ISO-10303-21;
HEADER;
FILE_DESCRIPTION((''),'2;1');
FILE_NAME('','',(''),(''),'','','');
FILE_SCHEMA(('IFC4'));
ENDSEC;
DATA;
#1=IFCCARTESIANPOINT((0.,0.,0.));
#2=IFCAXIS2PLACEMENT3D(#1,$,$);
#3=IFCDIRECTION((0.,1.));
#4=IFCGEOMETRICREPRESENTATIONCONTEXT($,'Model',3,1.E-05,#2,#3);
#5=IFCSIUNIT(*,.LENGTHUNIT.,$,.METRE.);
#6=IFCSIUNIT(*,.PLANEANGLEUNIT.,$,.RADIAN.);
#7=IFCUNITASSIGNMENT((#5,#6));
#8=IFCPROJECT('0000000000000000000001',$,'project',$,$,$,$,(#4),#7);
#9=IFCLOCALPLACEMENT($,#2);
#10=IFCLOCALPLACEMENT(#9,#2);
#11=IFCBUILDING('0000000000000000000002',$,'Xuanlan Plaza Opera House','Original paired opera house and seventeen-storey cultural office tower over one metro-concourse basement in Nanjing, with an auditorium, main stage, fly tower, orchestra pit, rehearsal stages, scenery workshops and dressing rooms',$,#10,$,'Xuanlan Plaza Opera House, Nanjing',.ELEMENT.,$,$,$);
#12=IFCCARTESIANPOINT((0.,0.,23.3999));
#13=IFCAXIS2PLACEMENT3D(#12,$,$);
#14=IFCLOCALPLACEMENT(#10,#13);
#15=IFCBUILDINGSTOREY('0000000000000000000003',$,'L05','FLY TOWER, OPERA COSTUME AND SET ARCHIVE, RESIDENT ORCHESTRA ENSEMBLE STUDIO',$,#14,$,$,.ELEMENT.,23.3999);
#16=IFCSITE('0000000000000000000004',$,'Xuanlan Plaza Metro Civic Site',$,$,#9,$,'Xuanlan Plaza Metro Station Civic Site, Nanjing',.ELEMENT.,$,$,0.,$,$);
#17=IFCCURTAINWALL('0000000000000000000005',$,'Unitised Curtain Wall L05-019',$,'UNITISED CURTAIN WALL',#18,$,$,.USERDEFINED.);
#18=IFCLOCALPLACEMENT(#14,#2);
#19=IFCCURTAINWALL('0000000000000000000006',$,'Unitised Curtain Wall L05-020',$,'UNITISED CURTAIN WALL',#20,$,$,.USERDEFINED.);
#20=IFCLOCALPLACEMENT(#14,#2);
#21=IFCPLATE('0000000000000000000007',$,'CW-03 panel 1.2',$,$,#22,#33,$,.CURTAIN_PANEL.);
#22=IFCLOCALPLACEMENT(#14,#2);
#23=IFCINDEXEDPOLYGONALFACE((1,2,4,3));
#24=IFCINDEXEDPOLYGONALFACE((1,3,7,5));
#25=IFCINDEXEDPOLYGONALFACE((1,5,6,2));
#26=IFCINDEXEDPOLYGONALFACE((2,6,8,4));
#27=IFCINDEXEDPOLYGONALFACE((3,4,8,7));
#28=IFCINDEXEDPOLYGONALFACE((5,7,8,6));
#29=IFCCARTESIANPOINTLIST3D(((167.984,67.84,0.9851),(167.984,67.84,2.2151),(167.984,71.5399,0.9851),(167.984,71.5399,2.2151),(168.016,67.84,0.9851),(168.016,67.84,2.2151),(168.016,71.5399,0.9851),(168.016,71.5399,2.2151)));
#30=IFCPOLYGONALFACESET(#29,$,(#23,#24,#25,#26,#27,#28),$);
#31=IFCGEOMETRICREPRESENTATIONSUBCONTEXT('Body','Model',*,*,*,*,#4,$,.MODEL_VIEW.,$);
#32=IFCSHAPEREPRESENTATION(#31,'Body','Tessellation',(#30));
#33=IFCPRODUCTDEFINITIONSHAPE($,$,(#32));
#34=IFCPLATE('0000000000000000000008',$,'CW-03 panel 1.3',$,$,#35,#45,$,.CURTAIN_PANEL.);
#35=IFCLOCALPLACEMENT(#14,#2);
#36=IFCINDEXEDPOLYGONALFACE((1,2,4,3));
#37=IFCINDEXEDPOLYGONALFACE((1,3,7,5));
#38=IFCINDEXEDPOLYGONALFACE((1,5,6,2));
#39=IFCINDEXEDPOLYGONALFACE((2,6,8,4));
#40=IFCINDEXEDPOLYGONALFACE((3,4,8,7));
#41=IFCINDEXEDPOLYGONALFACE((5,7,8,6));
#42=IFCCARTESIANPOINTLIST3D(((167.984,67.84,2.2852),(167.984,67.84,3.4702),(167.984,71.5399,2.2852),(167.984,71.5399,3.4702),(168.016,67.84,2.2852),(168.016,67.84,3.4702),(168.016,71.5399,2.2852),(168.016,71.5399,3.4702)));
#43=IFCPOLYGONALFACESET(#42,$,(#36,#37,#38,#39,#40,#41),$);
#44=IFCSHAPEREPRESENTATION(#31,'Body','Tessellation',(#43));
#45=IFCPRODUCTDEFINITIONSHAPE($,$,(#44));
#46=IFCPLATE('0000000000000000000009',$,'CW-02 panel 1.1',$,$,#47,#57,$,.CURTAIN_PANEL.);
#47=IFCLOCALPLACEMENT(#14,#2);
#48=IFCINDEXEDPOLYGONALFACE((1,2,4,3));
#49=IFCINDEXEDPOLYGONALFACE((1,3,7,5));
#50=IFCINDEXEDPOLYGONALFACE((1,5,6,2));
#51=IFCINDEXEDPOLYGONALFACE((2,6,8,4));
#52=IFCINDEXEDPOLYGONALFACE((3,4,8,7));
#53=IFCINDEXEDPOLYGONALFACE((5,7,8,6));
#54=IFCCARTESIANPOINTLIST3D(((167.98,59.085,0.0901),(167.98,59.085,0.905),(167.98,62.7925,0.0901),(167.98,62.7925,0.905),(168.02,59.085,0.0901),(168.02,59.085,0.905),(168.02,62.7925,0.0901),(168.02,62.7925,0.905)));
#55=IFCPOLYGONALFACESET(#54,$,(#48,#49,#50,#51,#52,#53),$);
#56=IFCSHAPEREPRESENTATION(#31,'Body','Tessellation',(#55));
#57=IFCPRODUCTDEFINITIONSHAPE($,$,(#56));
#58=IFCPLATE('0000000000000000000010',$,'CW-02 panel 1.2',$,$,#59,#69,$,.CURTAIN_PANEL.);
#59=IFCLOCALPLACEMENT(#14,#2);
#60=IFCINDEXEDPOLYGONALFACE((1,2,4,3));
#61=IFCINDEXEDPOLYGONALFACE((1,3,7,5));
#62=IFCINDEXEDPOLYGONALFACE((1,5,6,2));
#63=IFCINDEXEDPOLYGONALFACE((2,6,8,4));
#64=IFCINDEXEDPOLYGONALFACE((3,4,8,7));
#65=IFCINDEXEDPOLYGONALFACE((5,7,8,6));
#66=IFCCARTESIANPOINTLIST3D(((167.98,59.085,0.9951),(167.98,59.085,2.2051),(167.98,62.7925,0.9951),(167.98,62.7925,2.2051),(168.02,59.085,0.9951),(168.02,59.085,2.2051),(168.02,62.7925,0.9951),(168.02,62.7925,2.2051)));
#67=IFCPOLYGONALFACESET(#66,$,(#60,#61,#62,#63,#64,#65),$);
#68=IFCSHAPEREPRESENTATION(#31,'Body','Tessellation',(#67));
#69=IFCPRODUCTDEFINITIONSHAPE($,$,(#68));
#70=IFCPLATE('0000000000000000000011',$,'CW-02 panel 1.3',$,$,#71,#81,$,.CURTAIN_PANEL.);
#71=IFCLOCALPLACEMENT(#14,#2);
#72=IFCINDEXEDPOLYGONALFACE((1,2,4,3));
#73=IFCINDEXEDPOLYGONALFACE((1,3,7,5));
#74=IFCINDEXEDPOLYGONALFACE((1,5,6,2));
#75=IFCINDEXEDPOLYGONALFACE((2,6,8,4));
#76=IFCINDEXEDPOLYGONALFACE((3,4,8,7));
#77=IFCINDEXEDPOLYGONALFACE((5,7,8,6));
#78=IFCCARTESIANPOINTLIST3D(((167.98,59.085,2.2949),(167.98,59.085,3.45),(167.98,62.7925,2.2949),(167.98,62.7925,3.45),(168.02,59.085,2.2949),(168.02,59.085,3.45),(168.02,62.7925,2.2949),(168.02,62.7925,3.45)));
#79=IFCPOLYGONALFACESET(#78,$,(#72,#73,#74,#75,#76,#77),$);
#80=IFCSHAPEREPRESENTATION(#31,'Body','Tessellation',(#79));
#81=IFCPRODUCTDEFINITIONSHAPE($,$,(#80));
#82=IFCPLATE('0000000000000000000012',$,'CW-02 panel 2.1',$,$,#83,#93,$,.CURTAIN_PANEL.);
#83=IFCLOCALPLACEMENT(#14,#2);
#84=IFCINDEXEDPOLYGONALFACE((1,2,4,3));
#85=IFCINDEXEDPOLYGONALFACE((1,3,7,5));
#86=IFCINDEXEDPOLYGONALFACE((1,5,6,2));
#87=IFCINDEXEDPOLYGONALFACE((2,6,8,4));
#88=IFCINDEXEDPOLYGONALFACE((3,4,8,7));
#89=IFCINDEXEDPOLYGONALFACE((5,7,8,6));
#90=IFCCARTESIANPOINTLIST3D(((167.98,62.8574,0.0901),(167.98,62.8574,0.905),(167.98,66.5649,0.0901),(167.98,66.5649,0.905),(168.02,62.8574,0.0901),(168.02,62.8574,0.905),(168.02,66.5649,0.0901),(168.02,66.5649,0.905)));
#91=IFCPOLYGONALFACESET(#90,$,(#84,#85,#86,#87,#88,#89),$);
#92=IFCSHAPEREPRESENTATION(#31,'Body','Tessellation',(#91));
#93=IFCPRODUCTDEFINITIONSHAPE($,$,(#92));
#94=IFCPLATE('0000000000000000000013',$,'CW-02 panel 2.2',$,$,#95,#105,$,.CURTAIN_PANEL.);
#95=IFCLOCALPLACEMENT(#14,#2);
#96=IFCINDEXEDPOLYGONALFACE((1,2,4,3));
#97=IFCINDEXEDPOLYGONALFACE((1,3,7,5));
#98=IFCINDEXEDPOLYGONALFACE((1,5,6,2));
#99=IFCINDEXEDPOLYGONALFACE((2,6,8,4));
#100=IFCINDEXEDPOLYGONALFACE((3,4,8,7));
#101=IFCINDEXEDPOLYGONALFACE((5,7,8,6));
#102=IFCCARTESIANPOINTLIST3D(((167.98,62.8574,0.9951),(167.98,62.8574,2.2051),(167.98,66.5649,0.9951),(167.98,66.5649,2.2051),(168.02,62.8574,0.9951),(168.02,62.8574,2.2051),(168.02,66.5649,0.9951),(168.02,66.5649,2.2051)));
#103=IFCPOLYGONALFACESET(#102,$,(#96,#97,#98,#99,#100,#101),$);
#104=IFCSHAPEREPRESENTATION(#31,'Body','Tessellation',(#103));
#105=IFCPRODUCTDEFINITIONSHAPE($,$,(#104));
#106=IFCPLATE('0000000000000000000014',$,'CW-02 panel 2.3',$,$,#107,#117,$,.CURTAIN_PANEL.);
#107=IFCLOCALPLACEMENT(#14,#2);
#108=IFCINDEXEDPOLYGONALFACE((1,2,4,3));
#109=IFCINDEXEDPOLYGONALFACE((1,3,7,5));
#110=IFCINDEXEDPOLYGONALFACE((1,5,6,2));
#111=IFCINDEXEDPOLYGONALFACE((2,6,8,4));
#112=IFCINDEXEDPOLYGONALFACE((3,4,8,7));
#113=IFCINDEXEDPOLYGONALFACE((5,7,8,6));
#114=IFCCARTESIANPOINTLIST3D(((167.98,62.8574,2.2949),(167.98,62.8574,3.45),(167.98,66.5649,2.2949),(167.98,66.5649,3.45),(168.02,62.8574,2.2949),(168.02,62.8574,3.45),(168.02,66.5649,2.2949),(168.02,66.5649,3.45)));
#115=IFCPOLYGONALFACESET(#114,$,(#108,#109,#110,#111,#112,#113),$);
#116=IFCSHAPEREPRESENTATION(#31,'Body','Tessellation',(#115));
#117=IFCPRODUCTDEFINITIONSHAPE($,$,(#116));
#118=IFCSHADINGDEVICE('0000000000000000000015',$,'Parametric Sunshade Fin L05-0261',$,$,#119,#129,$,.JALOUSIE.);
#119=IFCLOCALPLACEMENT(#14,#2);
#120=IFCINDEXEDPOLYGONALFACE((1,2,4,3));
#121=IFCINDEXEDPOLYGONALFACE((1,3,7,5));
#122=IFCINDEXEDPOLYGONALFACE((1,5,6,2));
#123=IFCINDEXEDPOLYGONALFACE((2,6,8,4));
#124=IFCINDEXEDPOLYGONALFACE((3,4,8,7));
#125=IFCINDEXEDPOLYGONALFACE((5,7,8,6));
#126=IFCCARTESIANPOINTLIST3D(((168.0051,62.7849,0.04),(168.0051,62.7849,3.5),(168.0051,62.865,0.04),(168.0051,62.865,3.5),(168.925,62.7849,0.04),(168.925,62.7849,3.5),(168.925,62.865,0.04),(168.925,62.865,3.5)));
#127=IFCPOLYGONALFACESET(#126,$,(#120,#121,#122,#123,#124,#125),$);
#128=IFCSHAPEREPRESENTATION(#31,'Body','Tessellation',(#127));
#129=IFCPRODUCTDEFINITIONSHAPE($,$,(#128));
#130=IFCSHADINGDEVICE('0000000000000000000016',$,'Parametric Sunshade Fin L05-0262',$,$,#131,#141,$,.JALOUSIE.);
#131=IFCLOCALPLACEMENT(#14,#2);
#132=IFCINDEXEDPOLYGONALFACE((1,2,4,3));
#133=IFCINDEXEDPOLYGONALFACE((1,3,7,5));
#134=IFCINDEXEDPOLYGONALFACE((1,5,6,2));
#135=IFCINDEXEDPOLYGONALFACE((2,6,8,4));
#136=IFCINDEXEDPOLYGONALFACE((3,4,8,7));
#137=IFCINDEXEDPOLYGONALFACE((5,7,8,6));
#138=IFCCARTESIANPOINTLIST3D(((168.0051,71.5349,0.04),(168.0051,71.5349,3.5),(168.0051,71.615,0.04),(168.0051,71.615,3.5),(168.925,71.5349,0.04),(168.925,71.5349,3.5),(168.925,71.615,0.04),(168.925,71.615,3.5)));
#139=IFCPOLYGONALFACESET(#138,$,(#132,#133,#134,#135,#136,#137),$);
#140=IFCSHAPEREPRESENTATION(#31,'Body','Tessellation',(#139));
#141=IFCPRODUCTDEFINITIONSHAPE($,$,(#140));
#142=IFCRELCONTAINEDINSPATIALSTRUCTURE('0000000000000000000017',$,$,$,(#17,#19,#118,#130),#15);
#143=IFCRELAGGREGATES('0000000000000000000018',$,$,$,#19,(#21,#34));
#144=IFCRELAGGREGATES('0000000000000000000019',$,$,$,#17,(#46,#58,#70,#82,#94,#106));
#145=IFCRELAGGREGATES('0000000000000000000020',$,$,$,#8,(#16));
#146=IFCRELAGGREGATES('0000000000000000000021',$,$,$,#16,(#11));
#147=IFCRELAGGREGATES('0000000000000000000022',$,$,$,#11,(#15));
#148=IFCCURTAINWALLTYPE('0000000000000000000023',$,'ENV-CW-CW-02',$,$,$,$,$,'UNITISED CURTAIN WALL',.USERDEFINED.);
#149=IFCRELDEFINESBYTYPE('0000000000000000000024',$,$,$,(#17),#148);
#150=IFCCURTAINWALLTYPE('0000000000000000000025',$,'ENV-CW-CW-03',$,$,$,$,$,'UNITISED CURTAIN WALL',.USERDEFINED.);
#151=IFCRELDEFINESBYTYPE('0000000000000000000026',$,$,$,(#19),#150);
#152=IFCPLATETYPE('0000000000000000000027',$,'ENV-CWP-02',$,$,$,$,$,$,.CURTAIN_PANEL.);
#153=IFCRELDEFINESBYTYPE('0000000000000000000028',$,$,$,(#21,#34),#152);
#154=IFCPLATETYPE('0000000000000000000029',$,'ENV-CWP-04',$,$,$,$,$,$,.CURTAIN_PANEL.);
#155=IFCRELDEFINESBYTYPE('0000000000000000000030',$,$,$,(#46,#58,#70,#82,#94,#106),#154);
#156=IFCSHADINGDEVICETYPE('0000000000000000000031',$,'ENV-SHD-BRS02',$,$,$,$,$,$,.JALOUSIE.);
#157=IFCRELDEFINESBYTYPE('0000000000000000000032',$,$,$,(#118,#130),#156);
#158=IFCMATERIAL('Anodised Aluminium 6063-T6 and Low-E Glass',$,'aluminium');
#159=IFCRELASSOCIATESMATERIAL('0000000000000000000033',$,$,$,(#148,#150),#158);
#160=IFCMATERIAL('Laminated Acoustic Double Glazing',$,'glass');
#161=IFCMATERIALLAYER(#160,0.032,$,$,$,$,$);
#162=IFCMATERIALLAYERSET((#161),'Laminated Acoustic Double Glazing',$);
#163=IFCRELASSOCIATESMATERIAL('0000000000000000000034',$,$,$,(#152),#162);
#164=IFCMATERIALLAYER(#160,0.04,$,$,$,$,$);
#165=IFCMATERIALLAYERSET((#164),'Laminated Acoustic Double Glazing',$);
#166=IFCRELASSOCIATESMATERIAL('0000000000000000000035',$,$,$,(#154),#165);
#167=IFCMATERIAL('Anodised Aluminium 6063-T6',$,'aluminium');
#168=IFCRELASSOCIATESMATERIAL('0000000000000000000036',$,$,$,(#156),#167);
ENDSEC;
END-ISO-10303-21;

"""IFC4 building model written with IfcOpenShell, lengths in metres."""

from ifc_helpers import new_model, si_unit, direction, frame, origin, origin_2d, place, context, subcontext, project, spatial, rectangle, extrude, material, layer, layer_set, type_object, element, aggregate, save


model = new_model("IFC4")

# Units and contexts
model_context = context("Model", 3, precision=1e-05, world=origin(), true_north=direction((0.0, 1.0)))
body_context = subcontext(model_context, "Body", "Model", "MODEL_VIEW")
ifc_project = project(units=[si_unit("LENGTHUNIT", "METRE"), si_unit("PLANEANGLEUNIT", "RADIAN")], contexts=[model_context])

# Site, building, storey
site_placement = place(None, origin())
site = spatial("IfcSite", under=ifc_project, at=site_placement, Name="Xuanlan Plaza Metro Civic Site", LongName="Xuanlan Plaza Metro Station Civic Site, Nanjing", CompositionType="ELEMENT", RefElevation=0.0)
building_placement = place(site_placement, origin())
building = spatial("IfcBuilding", under=site, at=building_placement, Name="Xuanlan Plaza Opera House", Description="Original paired opera house and seventeen-storey cultural office tower over one metro-concourse basement in Nanjing, with an auditorium, main stage, fly tower, orchestra pit, rehearsal stages, scenery workshops and dressing rooms", LongName="Xuanlan Plaza Opera House, Nanjing", CompositionType="ELEMENT")
storey_placement = place(building_placement, frame((0.0, 0.0, 23.3999)))
storey = spatial("IfcBuildingStorey", under=building, at=storey_placement, Name="L05", Description="FLY TOWER, OPERA COSTUME AND SET ARCHIVE, RESIDENT ORCHESTRA ENSEMBLE STUDIO", CompositionType="ELEMENT", Elevation=23.3999)

# Curtain walls
ifc_material_1 = material(Name="Anodised Aluminium 6063-T6 and Low-E Glass", Category="aluminium")
curtain_wall_type_1 = type_object("IfcCurtainWallType", Name="ENV-CW-CW-02", ElementType="UNITISED CURTAIN WALL", PredefinedType="USERDEFINED", material=ifc_material_1)
curtain_wall_1_placement = place(storey_placement, origin())
curtain_wall_1 = element("IfcCurtainWall", 1, at=curtain_wall_1_placement, inside=storey, type_object=curtain_wall_type_1, Name="Unitised Curtain Wall L05-019", ObjectType="UNITISED CURTAIN WALL", PredefinedType="USERDEFINED")
ifc_material_2 = material(Name="Anodised Aluminium 6063-T6", Category="aluminium")
curtain_wall_type_2 = type_object("IfcCurtainWallType", Name="ENV-CW-CW-03", ElementType="UNITISED CURTAIN WALL", PredefinedType="USERDEFINED", material=ifc_material_1)
curtain_wall_2_placement = place(storey_placement, origin())
curtain_wall_2 = element("IfcCurtainWall", 2, at=curtain_wall_2_placement, inside=storey, type_object=curtain_wall_type_2, Name="Unitised Curtain Wall L05-020", ObjectType="UNITISED CURTAIN WALL", PredefinedType="USERDEFINED")

# Plates
ifc_material_3 = material(Name="Laminated Acoustic Double Glazing", Category="glass")
ifc_layer_1 = layer(ifc_material_3, 0.032)
ifc_layer_set_1 = layer_set([ifc_layer_1], Name="Laminated Acoustic Double Glazing")
plate_type_1 = type_object("IfcPlateType", Name="ENV-CWP-02", PredefinedType="CURTAIN_PANEL", material=ifc_layer_set_1)
plate_1_placement = place(storey_placement, frame((168.0, 69.6899, 0.9851), z_axis=(0.0, 0.0, 1.0), x_axis=(0.0, 1.0, 0.0)))
plate_1 = element("IfcPlate", 3, at=plate_1_placement, type_object=plate_type_1, Name="CW-03 panel 1.2", PredefinedType="CURTAIN_PANEL", context=body_context, shape_type="SweptSolid", body=[
    extrude(rectangle(XDim=3.7, YDim=0.032, at=origin_2d()), origin(), (0.0, 0.0, 1.0), 1.23),
])
plate_2_placement = place(storey_placement, frame((168.0, 69.6899, 2.2852), z_axis=(0.0, 0.0, 1.0), x_axis=(0.0, 1.0, 0.0)))
plate_2 = element("IfcPlate", 4, at=plate_2_placement, type_object=plate_type_1, Name="CW-03 panel 1.3", PredefinedType="CURTAIN_PANEL", context=body_context, shape_type="SweptSolid", body=[
    extrude(rectangle(XDim=3.7, YDim=0.032, at=origin_2d()), origin(), (0.0, 0.0, 1.0), 1.1851),
])
aggregate(curtain_wall_2, [plate_1, plate_2])
ifc_layer_2 = layer(ifc_material_3, 0.04)
ifc_layer_set_2 = layer_set([ifc_layer_2], Name="Laminated Acoustic Double Glazing")
plate_type_2 = type_object("IfcPlateType", Name="ENV-CWP-04", PredefinedType="CURTAIN_PANEL", material=ifc_layer_set_2)
plate_3_placement = place(storey_placement, frame((168.0, 60.9387, 0.0901), z_axis=(0.0, 0.0, 1.0), x_axis=(0.0, 1.0, 0.0)))
plate_3 = element("IfcPlate", 5, at=plate_3_placement, type_object=plate_type_2, Name="CW-02 panel 1.1", PredefinedType="CURTAIN_PANEL", context=body_context, shape_type="SweptSolid", body=[
    extrude(rectangle(XDim=3.7075, YDim=0.04, at=origin_2d()), origin(), (0.0, 0.0, 1.0), 0.8149),
])
plate_4_placement = place(storey_placement, frame((168.0, 60.9387, 0.9951), z_axis=(0.0, 0.0, 1.0), x_axis=(0.0, 1.0, 0.0)))
plate_4 = element("IfcPlate", 6, at=plate_4_placement, type_object=plate_type_2, Name="CW-02 panel 1.2", PredefinedType="CURTAIN_PANEL", context=body_context, shape_type="SweptSolid", body=[
    extrude(rectangle(XDim=3.7075, YDim=0.04, at=origin_2d()), origin(), (0.0, 0.0, 1.0), 1.21),
])
plate_5_placement = place(storey_placement, frame((168.0, 60.9387, 2.2949), z_axis=(0.0, 0.0, 1.0), x_axis=(0.0, 1.0, 0.0)))
plate_5 = element("IfcPlate", 7, at=plate_5_placement, type_object=plate_type_2, Name="CW-02 panel 1.3", PredefinedType="CURTAIN_PANEL", context=body_context, shape_type="SweptSolid", body=[
    extrude(rectangle(XDim=3.7075, YDim=0.04, at=origin_2d()), origin(), (0.0, 0.0, 1.0), 1.155),
])
plate_6_placement = place(storey_placement, frame((168.0, 64.7112, 0.0901), z_axis=(0.0, 0.0, 1.0), x_axis=(0.0, 1.0, 0.0)))
plate_6 = element("IfcPlate", 8, at=plate_6_placement, type_object=plate_type_2, Name="CW-02 panel 2.1", PredefinedType="CURTAIN_PANEL", context=body_context, shape_type="SweptSolid", body=[
    extrude(rectangle(XDim=3.7075, YDim=0.04, at=origin_2d()), origin(), (0.0, 0.0, 1.0), 0.8149),
])
plate_7_placement = place(storey_placement, frame((168.0, 64.7112, 0.9951), z_axis=(0.0, 0.0, 1.0), x_axis=(0.0, 1.0, 0.0)))
plate_7 = element("IfcPlate", 9, at=plate_7_placement, type_object=plate_type_2, Name="CW-02 panel 2.2", PredefinedType="CURTAIN_PANEL", context=body_context, shape_type="SweptSolid", body=[
    extrude(rectangle(XDim=3.7075, YDim=0.04, at=origin_2d()), origin(), (0.0, 0.0, 1.0), 1.21),
])
plate_8_placement = place(storey_placement, frame((168.0, 64.7112, 2.2949), z_axis=(0.0, 0.0, 1.0), x_axis=(0.0, 1.0, 0.0)))
plate_8 = element("IfcPlate", 10, at=plate_8_placement, type_object=plate_type_2, Name="CW-02 panel 2.3", PredefinedType="CURTAIN_PANEL", context=body_context, shape_type="SweptSolid", body=[
    extrude(rectangle(XDim=3.7075, YDim=0.04, at=origin_2d()), origin(), (0.0, 0.0, 1.0), 1.155),
])
aggregate(curtain_wall_1, [plate_3, plate_4, plate_5, plate_6, plate_7, plate_8])

# Shading devices
shading_device_type = type_object("IfcShadingDeviceType", Name="ENV-SHD-BRS02", PredefinedType="JALOUSIE", material=ifc_material_2)
for number, where, z_axis, x_axis, name in (
    (11, (168.4651, 62.825, 0.04), (0.0, 0.0, 1.0), (1.0, 0.0, 0.0), "Parametric Sunshade Fin L05-0261"),
    (12, (168.4651, 71.575, 0.04), (0.0, 0.0, 1.0), (1.0, 0.0, 0.0), "Parametric Sunshade Fin L05-0262"),
):
    element("IfcShadingDevice", number, at=place(storey_placement, frame(where, z_axis=z_axis, x_axis=x_axis)), inside=storey, type_object=shading_device_type, Name=name, PredefinedType="JALOUSIE", context=body_context, shape_type="SweptSolid", body=[
        extrude(rectangle(XDim=0.9199, YDim=0.0801, at=origin_2d()), origin(), (0.0, 0.0, 1.0), 3.46),
    ])

save(model, "model.ifc")
